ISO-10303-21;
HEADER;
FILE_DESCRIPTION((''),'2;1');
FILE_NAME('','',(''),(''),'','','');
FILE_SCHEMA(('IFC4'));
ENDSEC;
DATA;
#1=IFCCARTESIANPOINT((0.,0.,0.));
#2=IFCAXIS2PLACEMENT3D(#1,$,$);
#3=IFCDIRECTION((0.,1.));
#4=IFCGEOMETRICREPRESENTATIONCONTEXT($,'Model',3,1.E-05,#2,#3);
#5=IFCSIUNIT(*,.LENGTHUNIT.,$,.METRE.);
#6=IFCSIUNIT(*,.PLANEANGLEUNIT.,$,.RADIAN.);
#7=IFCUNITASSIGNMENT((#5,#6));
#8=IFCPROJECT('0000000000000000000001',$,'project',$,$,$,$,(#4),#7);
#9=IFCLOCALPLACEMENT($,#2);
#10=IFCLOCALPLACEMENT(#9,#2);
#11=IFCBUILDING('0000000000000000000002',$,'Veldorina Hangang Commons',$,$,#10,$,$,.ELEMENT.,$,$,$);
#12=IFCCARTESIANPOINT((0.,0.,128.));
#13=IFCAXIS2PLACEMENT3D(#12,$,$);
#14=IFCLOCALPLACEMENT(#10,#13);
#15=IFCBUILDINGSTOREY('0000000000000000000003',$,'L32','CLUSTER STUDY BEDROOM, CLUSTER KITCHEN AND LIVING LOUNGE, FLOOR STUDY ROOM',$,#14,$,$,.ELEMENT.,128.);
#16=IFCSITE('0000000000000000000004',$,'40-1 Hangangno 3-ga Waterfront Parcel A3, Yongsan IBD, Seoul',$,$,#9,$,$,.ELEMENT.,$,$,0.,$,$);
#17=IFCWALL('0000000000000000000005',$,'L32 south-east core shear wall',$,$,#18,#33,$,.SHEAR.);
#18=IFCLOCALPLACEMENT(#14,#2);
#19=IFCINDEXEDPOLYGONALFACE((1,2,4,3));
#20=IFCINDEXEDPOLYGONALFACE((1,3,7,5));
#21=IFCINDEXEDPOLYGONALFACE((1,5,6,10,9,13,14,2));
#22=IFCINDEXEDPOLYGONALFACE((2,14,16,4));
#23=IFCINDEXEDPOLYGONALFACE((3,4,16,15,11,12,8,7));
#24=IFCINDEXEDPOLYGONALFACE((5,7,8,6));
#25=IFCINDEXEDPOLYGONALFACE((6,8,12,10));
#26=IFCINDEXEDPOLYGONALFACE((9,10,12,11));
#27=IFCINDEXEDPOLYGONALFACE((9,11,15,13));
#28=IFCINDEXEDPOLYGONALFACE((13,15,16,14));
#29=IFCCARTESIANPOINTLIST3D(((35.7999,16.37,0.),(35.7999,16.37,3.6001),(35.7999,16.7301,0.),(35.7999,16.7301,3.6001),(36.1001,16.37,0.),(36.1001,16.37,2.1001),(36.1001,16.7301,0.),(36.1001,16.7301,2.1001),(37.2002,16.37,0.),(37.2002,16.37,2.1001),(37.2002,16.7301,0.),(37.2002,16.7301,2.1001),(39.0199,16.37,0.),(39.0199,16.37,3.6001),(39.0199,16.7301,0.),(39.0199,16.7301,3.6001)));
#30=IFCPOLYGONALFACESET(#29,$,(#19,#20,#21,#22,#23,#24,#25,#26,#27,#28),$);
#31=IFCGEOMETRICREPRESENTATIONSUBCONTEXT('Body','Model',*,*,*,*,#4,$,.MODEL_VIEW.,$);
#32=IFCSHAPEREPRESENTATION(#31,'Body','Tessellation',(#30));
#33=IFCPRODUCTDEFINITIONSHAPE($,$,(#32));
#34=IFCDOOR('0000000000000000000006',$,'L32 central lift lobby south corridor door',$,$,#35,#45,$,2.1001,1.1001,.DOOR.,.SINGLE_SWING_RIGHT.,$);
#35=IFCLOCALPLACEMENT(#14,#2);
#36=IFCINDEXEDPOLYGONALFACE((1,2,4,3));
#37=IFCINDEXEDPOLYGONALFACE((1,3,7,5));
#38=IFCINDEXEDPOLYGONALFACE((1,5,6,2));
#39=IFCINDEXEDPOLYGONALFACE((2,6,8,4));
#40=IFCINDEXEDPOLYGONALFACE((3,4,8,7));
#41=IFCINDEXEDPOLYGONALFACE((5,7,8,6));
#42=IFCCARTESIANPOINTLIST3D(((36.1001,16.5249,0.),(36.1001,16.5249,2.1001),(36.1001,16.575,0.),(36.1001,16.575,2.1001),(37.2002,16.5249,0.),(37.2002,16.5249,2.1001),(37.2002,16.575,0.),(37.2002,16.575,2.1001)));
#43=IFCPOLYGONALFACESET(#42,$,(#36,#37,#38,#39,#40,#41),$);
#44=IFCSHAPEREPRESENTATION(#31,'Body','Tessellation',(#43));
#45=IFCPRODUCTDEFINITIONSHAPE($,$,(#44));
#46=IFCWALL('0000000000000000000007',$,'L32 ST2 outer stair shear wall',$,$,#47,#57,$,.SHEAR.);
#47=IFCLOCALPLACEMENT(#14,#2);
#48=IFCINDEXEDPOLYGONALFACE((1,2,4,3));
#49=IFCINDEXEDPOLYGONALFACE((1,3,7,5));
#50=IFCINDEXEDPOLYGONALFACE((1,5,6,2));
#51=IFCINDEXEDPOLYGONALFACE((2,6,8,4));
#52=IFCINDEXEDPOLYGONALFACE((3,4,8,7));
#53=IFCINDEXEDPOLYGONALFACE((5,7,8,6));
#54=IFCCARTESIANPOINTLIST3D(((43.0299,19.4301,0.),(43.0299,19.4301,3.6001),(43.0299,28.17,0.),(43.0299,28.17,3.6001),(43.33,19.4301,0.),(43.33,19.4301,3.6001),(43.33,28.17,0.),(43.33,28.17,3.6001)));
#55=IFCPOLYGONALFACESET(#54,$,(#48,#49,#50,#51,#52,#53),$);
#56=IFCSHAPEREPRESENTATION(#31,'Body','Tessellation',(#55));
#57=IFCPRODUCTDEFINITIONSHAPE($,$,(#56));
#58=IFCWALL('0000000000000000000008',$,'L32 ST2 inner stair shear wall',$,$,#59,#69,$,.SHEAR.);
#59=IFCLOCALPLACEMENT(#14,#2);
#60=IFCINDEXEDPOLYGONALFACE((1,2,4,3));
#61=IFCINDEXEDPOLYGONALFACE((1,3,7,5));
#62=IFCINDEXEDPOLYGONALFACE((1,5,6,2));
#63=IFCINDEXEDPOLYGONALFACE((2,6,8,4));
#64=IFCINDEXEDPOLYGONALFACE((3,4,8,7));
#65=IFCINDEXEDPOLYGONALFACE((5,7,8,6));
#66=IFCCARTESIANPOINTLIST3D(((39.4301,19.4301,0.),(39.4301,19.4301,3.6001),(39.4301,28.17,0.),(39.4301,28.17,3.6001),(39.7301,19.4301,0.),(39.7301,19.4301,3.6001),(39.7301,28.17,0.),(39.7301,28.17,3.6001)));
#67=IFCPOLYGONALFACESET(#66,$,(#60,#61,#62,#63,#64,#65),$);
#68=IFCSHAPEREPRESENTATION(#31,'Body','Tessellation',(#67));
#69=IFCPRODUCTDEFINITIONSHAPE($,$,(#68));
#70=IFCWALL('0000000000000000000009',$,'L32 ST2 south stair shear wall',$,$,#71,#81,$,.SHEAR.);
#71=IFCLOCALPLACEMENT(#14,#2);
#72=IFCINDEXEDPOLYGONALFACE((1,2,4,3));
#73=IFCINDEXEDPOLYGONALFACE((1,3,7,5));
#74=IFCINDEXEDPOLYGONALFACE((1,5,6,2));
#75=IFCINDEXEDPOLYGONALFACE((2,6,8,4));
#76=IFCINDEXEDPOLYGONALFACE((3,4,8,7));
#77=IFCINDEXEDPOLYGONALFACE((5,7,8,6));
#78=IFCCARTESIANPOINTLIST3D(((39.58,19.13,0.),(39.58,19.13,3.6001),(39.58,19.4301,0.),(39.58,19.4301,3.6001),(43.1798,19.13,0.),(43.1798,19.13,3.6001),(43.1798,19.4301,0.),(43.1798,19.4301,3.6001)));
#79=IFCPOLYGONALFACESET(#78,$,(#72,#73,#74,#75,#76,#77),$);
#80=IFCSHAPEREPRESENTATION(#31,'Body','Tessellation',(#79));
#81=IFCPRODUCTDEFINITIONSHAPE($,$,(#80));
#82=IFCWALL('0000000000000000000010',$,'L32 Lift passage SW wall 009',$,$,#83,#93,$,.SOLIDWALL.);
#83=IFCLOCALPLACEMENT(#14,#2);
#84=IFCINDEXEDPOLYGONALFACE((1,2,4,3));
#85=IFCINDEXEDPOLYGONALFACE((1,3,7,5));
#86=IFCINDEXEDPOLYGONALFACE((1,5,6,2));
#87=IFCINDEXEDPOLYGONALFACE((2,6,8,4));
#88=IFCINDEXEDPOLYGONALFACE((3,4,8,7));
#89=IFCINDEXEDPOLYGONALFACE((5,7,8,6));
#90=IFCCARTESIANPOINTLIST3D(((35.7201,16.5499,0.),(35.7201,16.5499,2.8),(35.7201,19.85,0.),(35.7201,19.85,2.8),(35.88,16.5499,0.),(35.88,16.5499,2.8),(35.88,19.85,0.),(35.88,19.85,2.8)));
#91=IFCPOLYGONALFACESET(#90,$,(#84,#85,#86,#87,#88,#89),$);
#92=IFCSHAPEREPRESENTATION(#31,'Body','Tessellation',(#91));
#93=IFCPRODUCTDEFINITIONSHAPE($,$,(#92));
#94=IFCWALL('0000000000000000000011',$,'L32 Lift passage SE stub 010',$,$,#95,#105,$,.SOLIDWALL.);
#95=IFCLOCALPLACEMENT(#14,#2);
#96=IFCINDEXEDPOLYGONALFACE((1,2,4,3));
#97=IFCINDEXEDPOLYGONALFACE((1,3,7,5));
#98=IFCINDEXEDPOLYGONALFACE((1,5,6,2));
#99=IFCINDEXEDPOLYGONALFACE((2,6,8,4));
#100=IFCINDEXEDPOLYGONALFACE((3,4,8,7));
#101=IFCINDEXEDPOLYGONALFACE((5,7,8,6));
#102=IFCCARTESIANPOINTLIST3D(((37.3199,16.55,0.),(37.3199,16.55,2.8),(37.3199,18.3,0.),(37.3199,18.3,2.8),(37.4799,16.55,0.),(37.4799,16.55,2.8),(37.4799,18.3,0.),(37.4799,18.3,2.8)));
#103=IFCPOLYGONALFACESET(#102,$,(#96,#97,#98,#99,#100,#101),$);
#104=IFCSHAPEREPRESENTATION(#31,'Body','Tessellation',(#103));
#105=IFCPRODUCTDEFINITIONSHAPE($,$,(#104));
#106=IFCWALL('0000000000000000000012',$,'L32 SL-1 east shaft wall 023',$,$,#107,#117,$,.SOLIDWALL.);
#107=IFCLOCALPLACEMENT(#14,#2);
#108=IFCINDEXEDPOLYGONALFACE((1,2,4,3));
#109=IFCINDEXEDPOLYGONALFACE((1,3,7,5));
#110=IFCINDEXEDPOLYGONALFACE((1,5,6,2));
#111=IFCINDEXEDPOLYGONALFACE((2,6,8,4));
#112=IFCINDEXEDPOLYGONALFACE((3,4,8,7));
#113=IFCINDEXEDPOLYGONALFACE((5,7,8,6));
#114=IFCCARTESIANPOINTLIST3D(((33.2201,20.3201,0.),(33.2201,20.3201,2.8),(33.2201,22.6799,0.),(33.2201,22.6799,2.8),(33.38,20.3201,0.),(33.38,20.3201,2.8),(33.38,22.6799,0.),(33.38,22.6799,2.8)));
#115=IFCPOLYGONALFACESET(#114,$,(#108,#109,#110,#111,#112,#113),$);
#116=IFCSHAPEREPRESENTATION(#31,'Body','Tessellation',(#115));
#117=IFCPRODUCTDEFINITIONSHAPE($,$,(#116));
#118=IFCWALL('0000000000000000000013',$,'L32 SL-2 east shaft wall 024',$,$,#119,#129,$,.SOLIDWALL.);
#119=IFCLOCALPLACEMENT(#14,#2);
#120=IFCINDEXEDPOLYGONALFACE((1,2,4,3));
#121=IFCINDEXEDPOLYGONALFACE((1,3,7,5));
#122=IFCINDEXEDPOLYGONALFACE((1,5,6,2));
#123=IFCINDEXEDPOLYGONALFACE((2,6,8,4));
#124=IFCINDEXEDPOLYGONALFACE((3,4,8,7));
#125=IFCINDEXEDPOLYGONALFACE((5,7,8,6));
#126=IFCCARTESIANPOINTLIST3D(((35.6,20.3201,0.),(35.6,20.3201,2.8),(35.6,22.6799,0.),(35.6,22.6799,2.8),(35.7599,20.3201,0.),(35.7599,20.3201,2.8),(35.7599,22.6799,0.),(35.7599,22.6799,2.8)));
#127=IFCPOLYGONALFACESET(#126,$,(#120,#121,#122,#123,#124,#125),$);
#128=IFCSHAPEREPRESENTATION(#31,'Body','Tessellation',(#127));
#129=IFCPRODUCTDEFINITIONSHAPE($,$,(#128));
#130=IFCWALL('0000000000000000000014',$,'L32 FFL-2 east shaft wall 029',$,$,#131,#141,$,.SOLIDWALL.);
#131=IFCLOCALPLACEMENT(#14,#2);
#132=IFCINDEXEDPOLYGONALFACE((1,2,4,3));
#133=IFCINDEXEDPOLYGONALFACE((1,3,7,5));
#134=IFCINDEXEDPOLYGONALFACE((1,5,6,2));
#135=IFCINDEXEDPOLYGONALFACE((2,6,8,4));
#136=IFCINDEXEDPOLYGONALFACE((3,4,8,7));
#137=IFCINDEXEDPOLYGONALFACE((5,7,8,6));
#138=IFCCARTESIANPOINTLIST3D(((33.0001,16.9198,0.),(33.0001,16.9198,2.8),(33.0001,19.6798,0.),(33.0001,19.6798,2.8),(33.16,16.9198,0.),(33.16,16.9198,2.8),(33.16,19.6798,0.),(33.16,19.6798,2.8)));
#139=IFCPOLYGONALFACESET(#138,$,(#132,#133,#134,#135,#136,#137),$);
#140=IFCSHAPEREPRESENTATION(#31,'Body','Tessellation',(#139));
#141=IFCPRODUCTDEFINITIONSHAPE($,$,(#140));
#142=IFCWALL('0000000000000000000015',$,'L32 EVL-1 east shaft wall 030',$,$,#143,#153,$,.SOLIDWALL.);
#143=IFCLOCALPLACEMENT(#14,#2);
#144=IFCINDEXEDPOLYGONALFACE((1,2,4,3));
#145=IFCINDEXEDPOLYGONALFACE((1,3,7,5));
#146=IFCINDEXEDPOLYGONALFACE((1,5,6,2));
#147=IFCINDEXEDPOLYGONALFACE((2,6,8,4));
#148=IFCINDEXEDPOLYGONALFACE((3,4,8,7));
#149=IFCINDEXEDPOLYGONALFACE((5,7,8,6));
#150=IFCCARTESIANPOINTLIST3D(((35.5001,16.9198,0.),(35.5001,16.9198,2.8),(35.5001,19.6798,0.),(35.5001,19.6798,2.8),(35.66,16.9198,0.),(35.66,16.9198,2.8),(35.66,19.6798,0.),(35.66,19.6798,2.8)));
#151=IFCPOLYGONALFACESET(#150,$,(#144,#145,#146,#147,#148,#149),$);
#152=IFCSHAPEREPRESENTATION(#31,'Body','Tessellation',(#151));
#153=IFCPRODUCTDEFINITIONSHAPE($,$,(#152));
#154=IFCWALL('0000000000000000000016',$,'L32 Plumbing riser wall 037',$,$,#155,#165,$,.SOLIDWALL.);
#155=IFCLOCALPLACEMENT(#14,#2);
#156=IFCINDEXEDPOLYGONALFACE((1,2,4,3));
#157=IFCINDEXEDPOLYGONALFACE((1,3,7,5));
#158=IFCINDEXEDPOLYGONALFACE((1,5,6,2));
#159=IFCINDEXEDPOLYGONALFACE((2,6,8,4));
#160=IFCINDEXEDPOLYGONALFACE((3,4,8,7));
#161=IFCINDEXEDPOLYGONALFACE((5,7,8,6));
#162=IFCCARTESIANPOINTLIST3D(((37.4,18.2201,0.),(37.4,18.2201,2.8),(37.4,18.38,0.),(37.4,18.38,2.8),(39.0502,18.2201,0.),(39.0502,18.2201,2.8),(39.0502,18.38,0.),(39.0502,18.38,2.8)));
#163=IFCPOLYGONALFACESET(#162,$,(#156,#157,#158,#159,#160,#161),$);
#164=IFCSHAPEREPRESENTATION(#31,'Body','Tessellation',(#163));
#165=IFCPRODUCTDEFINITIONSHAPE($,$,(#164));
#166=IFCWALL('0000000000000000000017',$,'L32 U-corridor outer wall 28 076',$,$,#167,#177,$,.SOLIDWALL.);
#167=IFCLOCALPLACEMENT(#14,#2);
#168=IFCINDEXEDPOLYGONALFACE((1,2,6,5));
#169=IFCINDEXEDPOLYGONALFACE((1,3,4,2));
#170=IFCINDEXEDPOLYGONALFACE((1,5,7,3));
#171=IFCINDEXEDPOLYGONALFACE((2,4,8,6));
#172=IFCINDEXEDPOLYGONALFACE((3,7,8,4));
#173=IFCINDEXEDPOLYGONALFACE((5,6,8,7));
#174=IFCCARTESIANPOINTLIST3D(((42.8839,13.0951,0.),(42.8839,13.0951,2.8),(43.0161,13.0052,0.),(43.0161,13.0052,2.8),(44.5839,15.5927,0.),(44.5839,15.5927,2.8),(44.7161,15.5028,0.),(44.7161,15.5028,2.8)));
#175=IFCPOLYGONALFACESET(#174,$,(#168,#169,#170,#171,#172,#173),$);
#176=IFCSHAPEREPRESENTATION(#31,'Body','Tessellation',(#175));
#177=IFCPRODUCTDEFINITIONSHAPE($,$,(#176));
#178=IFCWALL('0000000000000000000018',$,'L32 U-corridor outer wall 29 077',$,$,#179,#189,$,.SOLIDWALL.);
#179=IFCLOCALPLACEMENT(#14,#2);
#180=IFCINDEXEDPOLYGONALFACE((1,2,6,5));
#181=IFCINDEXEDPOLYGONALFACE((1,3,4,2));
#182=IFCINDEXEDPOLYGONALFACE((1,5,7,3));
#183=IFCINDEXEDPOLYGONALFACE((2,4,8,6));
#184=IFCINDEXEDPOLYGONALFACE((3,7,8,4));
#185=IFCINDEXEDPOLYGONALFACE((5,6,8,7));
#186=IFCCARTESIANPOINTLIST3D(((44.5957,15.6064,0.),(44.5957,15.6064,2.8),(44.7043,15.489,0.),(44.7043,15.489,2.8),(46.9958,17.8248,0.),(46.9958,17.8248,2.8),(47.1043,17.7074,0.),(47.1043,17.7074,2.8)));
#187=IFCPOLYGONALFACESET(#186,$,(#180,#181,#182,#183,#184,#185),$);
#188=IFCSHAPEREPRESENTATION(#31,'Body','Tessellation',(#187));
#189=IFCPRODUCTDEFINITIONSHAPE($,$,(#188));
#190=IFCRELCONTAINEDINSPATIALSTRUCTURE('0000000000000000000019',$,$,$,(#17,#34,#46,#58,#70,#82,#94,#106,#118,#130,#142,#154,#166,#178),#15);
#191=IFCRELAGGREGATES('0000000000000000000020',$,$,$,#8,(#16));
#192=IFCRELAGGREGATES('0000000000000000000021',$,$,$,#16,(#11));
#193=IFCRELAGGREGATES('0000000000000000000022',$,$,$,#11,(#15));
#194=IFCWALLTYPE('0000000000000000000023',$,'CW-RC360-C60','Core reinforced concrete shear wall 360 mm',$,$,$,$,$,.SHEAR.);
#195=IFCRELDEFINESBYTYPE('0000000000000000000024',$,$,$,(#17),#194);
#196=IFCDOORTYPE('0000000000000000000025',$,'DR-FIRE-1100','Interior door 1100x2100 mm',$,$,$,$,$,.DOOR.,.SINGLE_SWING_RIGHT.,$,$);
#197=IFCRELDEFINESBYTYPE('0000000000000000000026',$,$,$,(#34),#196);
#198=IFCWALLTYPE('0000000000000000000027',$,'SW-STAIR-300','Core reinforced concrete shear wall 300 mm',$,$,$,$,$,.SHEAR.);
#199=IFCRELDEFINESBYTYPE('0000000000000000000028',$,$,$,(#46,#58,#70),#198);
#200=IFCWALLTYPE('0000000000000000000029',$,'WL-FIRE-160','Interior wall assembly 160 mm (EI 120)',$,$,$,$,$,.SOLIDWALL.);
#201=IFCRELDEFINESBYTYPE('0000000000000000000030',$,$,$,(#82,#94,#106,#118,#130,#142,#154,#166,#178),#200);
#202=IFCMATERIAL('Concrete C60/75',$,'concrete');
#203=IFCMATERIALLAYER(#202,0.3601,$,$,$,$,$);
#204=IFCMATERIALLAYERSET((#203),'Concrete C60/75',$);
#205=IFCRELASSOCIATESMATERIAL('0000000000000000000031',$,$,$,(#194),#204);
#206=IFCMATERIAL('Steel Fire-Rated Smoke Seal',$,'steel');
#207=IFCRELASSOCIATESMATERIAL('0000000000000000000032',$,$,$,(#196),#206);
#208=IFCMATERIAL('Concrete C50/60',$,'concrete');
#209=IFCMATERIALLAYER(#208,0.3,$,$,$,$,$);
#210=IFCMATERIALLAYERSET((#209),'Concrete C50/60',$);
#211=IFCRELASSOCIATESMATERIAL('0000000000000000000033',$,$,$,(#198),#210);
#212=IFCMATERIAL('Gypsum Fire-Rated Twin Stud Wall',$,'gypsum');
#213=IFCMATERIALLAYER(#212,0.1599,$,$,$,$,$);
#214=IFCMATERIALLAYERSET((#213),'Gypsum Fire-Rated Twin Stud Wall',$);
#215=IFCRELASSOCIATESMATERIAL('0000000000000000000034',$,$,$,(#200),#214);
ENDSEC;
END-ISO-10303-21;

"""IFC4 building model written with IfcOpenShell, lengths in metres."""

from ifc_helpers import new_model, si_unit, direction, frame, frame_2d, origin, place, context, subcontext, project, spatial, rectangle, extrude, material, layer, layer_set, type_object, element, fill, save


model = new_model("IFC4")

# Units and contexts
model_context = context("Model", 3, precision=1e-05, world=origin(), true_north=direction((0.0, 1.0)))
body_context = subcontext(model_context, "Body", "Model", "MODEL_VIEW")
ifc_project = project(units=[si_unit("LENGTHUNIT", "METRE"), si_unit("PLANEANGLEUNIT", "RADIAN")], contexts=[model_context])

# Site, building, storey
site_placement = place(None, origin())
site = spatial("IfcSite", under=ifc_project, at=site_placement, Name="40-1 Hangangno 3-ga Waterfront Parcel A3, Yongsan IBD, Seoul", CompositionType="ELEMENT", RefElevation=0.0)
building_placement = place(site_placement, origin())
building = spatial("IfcBuilding", under=site, at=building_placement, Name="Veldorina Hangang Commons", CompositionType="ELEMENT")
storey_placement = place(building_placement, frame((0.0, 0.0, 128.0)))
storey = spatial("IfcBuildingStorey", under=building, at=storey_placement, Name="L32", Description="CLUSTER STUDY BEDROOM, CLUSTER KITCHEN AND LIVING LOUNGE, FLOOR STUDY ROOM", CompositionType="ELEMENT", Elevation=128.0)

# Shared definitions
ifc_material_1 = material(Name="Concrete C60/75", Category="concrete")

# Shared definitions
ifc_layer_1 = layer(ifc_material_1, 0.3601)
ifc_layer_set_1 = layer_set([ifc_layer_1], Name="Concrete C60/75")
wall_type_1 = type_object("IfcWallType", Name="CW-RC360-C60", Description="Core reinforced concrete shear wall 360 mm", PredefinedType="SHEAR", material=ifc_layer_set_1)

# Wall, opening, door
wall_1_placement = place(storey_placement, frame((35.8, 16.55, 0.0), z_axis=(0.0, 0.0, 1.0), x_axis=(1.0, 0.0, 0.0)))
wall_1 = element("IfcWall", 1, at=wall_1_placement, inside=storey, type_object=wall_type_1, Name="L32 south-east core shear wall", PredefinedType="SHEAR", context=body_context, shape_type="SweptSolid", body=[
    extrude(rectangle(XDim=3.22, YDim=0.3601, at=frame_2d((1.6099, 0.0))), origin(), (0.0, 0.0, 1.0), 3.6001),
])
opening_1_placement = place(wall_1_placement, frame((0.3, 0.0, 0.0)))
opening_1 = element("IfcOpeningElement", 2, at=opening_1_placement, cuts=wall_1, PredefinedType="OPENING", context=body_context, shape_type="SweptSolid", body=[
    extrude(rectangle(XDim=1.1001, YDim=2.1001, at=frame_2d((0.55, 1.05))), frame((0.0, 0.1899, 0.0), z_axis=(0.0, -1.0, 0.0), x_axis=(1.0, 0.0, 0.0)), (0.0, 0.0, 1.0), 0.3801),
])
ifc_material_2 = material(Name="Steel Fire-Rated Smoke Seal", Category="steel")
door_type_1 = type_object("IfcDoorType", Name="DR-FIRE-1100", Description="Interior door 1100x2100 mm", OperationType="SINGLE_SWING_RIGHT", PredefinedType="DOOR", material=ifc_material_2)
door_1_placement = place(opening_1_placement, origin())
door_1 = element("IfcDoor", 3, at=door_1_placement, inside=storey, type_object=door_type_1, Name="L32 central lift lobby south corridor door", OperationType="SINGLE_SWING_RIGHT", OverallHeight=2.1001, OverallWidth=1.1001, PredefinedType="DOOR", context=body_context, shape_type="SweptSolid", body=[
    extrude(rectangle(XDim=1.1001, YDim=2.1001, at=frame_2d((0.55, 1.05))), frame((0.0, 0.0249, 0.0), z_axis=(0.0, -1.0, 0.0), x_axis=(1.0, 0.0, 0.0)), (0.0, 0.0, 1.0), 0.05),
])
fill(opening_1, door_1)

# Walls
ifc_material_3 = material(Name="Concrete C50/60", Category="concrete")
ifc_layer_2 = layer(ifc_material_3, 0.3)
ifc_layer_set_2 = layer_set([ifc_layer_2], Name="Concrete C50/60")
wall_type_2 = type_object("IfcWallType", Name="SW-STAIR-300", Description="Core reinforced concrete shear wall 300 mm", PredefinedType="SHEAR", material=ifc_layer_set_2)
for number, where, z_axis, x_axis, name in (
    (4, (43.1799, 19.4299, 0.0), (0.0, 0.0, 1.0), (0.0, 1.0, 0.0), "L32 ST2 outer stair shear wall"),
    (5, (39.5801, 19.4299, 0.0), (0.0, 0.0, 1.0), (0.0, 1.0, 0.0), "L32 ST2 inner stair shear wall"),
):
    element("IfcWall", number, at=place(storey_placement, frame(where, z_axis=z_axis, x_axis=x_axis)), inside=storey, type_object=wall_type_2, Name=name, PredefinedType="SHEAR", context=body_context, shape_type="SweptSolid", body=[
        extrude(rectangle(XDim=8.74, YDim=0.3, at=frame_2d((4.3701, 0.0))), origin(), (0.0, 0.0, 1.0), 3.6001),
    ])
wall_2_placement = place(storey_placement, frame((39.5801, 19.28, 0.0), z_axis=(0.0, 0.0, 1.0), x_axis=(1.0, 0.0, 0.0)))
element("IfcWall", 6, at=wall_2_placement, inside=storey, type_object=wall_type_2, Name="L32 ST2 south stair shear wall", PredefinedType="SHEAR", context=body_context, shape_type="SweptSolid", body=[
    extrude(rectangle(XDim=3.5999, YDim=0.3, at=frame_2d((1.7998, 0.0))), origin(), (0.0, 0.0, 1.0), 3.6001),
])
ifc_material_4 = material(Name="Gypsum Fire-Rated Twin Stud Wall", Category="gypsum")
ifc_layer_3 = layer(ifc_material_4, 0.1599)
ifc_layer_set_3 = layer_set([ifc_layer_3], Name="Gypsum Fire-Rated Twin Stud Wall")
wall_type_3 = type_object("IfcWallType", Name="WL-FIRE-160", Description="Interior wall assembly 160 mm (EI 120)", PredefinedType="SOLIDWALL", material=ifc_layer_set_3)
wall_3_placement = place(storey_placement, frame((35.8, 16.55, 0.0), z_axis=(0.0, 0.0, 1.0), x_axis=(0.0, 1.0, 0.0)))
element("IfcWall", 7, at=wall_3_placement, inside=storey, type_object=wall_type_3, Name="L32 Lift passage SW wall 009", PredefinedType="SOLIDWALL", context=body_context, shape_type="SweptSolid", body=[
    extrude(rectangle(XDim=3.3, YDim=0.1599, at=frame_2d((1.6499, 0.0))), origin(), (0.0, 0.0, 1.0), 2.8),
])
wall_4_placement = place(storey_placement, frame((37.3999, 16.55, 0.0), z_axis=(0.0, 0.0, 1.0), x_axis=(0.0, 1.0, 0.0)))
element("IfcWall", 8, at=wall_4_placement, inside=storey, type_object=wall_type_3, Name="L32 Lift passage SE stub 010", PredefinedType="SOLIDWALL", context=body_context, shape_type="SweptSolid", body=[
    extrude(rectangle(XDim=1.75, YDim=0.1599, at=frame_2d((0.875, 0.0))), origin(), (0.0, 0.0, 1.0), 2.8),
])
for number, where, z_axis, x_axis, name in (
    (9, (33.3, 20.3201, 0.0), (0.0, 0.0, 1.0), (0.0, 1.0, 0.0), "L32 SL-1 east shaft wall 023"),
    (10, (35.6799, 20.3201, 0.0), (0.0, 0.0, 1.0), (0.0, 1.0, 0.0), "L32 SL-2 east shaft wall 024"),
):
    element("IfcWall", number, at=place(storey_placement, frame(where, z_axis=z_axis, x_axis=x_axis)), inside=storey, type_object=wall_type_3, Name=name, PredefinedType="SOLIDWALL", context=body_context, shape_type="SweptSolid", body=[
        extrude(rectangle(XDim=2.3599, YDim=0.1599, at=frame_2d((1.1799, 0.0))), origin(), (0.0, 0.0, 1.0), 2.8),
    ])
for number, where, z_axis, x_axis, name in (
    (11, (33.0801, 16.9199, 0.0), (0.0, 0.0, 1.0), (0.0, 1.0, 0.0), "L32 FFL-2 east shaft wall 029"),
    (12, (35.5801, 16.9199, 0.0), (0.0, 0.0, 1.0), (0.0, 1.0, 0.0), "L32 EVL-1 east shaft wall 030"),
):
    element("IfcWall", number, at=place(storey_placement, frame(where, z_axis=z_axis, x_axis=x_axis)), inside=storey, type_object=wall_type_3, Name=name, PredefinedType="SOLIDWALL", context=body_context, shape_type="SweptSolid", body=[
        extrude(rectangle(XDim=2.76, YDim=0.1599, at=frame_2d((1.3799, 0.0))), origin(), (0.0, 0.0, 1.0), 2.8),
    ])
wall_5_placement = place(storey_placement, frame((37.3999, 18.3, 0.0), z_axis=(0.0, 0.0, 1.0), x_axis=(1.0, 0.0, 0.0)))
element("IfcWall", 13, at=wall_5_placement, inside=storey, type_object=wall_type_3, Name="L32 Plumbing riser wall 037", PredefinedType="SOLIDWALL", context=body_context, shape_type="SweptSolid", body=[
    extrude(rectangle(XDim=1.6501, YDim=0.1599, at=frame_2d((0.8252, 0.0))), origin(), (0.0, 0.0, 1.0), 2.8),
])
wall_6_placement = place(storey_placement, frame((42.95, 13.05, 0.0), z_axis=(0.0, 0.0, 1.0), x_axis=(0.562675, 0.826678, 0.0)))
element("IfcWall", 14, at=wall_6_placement, inside=storey, type_object=wall_type_3, Name="L32 U-corridor outer wall 28 076", PredefinedType="SOLIDWALL", context=body_context, shape_type="SweptSolid", body=[
    extrude(rectangle(XDim=3.0212, YDim=0.1599, at=frame_2d((1.5107, 0.0))), origin(), (0.0, 0.0, 1.0), 2.8),
])
wall_7_placement = place(storey_placement, frame((44.6499, 15.5476, 0.0), z_axis=(0.0, 0.0, 1.0), x_axis=(0.734348, 0.678773, 0.0)))
element("IfcWall", 15, at=wall_7_placement, inside=storey, type_object=wall_type_3, Name="L32 U-corridor outer wall 29 077", PredefinedType="SOLIDWALL", context=body_context, shape_type="SweptSolid", body=[
    extrude(rectangle(XDim=3.2683, YDim=0.1599, at=frame_2d((1.6343, 0.0))), origin(), (0.0, 0.0, 1.0), 2.8),
])

save(model, "model.ifc")
